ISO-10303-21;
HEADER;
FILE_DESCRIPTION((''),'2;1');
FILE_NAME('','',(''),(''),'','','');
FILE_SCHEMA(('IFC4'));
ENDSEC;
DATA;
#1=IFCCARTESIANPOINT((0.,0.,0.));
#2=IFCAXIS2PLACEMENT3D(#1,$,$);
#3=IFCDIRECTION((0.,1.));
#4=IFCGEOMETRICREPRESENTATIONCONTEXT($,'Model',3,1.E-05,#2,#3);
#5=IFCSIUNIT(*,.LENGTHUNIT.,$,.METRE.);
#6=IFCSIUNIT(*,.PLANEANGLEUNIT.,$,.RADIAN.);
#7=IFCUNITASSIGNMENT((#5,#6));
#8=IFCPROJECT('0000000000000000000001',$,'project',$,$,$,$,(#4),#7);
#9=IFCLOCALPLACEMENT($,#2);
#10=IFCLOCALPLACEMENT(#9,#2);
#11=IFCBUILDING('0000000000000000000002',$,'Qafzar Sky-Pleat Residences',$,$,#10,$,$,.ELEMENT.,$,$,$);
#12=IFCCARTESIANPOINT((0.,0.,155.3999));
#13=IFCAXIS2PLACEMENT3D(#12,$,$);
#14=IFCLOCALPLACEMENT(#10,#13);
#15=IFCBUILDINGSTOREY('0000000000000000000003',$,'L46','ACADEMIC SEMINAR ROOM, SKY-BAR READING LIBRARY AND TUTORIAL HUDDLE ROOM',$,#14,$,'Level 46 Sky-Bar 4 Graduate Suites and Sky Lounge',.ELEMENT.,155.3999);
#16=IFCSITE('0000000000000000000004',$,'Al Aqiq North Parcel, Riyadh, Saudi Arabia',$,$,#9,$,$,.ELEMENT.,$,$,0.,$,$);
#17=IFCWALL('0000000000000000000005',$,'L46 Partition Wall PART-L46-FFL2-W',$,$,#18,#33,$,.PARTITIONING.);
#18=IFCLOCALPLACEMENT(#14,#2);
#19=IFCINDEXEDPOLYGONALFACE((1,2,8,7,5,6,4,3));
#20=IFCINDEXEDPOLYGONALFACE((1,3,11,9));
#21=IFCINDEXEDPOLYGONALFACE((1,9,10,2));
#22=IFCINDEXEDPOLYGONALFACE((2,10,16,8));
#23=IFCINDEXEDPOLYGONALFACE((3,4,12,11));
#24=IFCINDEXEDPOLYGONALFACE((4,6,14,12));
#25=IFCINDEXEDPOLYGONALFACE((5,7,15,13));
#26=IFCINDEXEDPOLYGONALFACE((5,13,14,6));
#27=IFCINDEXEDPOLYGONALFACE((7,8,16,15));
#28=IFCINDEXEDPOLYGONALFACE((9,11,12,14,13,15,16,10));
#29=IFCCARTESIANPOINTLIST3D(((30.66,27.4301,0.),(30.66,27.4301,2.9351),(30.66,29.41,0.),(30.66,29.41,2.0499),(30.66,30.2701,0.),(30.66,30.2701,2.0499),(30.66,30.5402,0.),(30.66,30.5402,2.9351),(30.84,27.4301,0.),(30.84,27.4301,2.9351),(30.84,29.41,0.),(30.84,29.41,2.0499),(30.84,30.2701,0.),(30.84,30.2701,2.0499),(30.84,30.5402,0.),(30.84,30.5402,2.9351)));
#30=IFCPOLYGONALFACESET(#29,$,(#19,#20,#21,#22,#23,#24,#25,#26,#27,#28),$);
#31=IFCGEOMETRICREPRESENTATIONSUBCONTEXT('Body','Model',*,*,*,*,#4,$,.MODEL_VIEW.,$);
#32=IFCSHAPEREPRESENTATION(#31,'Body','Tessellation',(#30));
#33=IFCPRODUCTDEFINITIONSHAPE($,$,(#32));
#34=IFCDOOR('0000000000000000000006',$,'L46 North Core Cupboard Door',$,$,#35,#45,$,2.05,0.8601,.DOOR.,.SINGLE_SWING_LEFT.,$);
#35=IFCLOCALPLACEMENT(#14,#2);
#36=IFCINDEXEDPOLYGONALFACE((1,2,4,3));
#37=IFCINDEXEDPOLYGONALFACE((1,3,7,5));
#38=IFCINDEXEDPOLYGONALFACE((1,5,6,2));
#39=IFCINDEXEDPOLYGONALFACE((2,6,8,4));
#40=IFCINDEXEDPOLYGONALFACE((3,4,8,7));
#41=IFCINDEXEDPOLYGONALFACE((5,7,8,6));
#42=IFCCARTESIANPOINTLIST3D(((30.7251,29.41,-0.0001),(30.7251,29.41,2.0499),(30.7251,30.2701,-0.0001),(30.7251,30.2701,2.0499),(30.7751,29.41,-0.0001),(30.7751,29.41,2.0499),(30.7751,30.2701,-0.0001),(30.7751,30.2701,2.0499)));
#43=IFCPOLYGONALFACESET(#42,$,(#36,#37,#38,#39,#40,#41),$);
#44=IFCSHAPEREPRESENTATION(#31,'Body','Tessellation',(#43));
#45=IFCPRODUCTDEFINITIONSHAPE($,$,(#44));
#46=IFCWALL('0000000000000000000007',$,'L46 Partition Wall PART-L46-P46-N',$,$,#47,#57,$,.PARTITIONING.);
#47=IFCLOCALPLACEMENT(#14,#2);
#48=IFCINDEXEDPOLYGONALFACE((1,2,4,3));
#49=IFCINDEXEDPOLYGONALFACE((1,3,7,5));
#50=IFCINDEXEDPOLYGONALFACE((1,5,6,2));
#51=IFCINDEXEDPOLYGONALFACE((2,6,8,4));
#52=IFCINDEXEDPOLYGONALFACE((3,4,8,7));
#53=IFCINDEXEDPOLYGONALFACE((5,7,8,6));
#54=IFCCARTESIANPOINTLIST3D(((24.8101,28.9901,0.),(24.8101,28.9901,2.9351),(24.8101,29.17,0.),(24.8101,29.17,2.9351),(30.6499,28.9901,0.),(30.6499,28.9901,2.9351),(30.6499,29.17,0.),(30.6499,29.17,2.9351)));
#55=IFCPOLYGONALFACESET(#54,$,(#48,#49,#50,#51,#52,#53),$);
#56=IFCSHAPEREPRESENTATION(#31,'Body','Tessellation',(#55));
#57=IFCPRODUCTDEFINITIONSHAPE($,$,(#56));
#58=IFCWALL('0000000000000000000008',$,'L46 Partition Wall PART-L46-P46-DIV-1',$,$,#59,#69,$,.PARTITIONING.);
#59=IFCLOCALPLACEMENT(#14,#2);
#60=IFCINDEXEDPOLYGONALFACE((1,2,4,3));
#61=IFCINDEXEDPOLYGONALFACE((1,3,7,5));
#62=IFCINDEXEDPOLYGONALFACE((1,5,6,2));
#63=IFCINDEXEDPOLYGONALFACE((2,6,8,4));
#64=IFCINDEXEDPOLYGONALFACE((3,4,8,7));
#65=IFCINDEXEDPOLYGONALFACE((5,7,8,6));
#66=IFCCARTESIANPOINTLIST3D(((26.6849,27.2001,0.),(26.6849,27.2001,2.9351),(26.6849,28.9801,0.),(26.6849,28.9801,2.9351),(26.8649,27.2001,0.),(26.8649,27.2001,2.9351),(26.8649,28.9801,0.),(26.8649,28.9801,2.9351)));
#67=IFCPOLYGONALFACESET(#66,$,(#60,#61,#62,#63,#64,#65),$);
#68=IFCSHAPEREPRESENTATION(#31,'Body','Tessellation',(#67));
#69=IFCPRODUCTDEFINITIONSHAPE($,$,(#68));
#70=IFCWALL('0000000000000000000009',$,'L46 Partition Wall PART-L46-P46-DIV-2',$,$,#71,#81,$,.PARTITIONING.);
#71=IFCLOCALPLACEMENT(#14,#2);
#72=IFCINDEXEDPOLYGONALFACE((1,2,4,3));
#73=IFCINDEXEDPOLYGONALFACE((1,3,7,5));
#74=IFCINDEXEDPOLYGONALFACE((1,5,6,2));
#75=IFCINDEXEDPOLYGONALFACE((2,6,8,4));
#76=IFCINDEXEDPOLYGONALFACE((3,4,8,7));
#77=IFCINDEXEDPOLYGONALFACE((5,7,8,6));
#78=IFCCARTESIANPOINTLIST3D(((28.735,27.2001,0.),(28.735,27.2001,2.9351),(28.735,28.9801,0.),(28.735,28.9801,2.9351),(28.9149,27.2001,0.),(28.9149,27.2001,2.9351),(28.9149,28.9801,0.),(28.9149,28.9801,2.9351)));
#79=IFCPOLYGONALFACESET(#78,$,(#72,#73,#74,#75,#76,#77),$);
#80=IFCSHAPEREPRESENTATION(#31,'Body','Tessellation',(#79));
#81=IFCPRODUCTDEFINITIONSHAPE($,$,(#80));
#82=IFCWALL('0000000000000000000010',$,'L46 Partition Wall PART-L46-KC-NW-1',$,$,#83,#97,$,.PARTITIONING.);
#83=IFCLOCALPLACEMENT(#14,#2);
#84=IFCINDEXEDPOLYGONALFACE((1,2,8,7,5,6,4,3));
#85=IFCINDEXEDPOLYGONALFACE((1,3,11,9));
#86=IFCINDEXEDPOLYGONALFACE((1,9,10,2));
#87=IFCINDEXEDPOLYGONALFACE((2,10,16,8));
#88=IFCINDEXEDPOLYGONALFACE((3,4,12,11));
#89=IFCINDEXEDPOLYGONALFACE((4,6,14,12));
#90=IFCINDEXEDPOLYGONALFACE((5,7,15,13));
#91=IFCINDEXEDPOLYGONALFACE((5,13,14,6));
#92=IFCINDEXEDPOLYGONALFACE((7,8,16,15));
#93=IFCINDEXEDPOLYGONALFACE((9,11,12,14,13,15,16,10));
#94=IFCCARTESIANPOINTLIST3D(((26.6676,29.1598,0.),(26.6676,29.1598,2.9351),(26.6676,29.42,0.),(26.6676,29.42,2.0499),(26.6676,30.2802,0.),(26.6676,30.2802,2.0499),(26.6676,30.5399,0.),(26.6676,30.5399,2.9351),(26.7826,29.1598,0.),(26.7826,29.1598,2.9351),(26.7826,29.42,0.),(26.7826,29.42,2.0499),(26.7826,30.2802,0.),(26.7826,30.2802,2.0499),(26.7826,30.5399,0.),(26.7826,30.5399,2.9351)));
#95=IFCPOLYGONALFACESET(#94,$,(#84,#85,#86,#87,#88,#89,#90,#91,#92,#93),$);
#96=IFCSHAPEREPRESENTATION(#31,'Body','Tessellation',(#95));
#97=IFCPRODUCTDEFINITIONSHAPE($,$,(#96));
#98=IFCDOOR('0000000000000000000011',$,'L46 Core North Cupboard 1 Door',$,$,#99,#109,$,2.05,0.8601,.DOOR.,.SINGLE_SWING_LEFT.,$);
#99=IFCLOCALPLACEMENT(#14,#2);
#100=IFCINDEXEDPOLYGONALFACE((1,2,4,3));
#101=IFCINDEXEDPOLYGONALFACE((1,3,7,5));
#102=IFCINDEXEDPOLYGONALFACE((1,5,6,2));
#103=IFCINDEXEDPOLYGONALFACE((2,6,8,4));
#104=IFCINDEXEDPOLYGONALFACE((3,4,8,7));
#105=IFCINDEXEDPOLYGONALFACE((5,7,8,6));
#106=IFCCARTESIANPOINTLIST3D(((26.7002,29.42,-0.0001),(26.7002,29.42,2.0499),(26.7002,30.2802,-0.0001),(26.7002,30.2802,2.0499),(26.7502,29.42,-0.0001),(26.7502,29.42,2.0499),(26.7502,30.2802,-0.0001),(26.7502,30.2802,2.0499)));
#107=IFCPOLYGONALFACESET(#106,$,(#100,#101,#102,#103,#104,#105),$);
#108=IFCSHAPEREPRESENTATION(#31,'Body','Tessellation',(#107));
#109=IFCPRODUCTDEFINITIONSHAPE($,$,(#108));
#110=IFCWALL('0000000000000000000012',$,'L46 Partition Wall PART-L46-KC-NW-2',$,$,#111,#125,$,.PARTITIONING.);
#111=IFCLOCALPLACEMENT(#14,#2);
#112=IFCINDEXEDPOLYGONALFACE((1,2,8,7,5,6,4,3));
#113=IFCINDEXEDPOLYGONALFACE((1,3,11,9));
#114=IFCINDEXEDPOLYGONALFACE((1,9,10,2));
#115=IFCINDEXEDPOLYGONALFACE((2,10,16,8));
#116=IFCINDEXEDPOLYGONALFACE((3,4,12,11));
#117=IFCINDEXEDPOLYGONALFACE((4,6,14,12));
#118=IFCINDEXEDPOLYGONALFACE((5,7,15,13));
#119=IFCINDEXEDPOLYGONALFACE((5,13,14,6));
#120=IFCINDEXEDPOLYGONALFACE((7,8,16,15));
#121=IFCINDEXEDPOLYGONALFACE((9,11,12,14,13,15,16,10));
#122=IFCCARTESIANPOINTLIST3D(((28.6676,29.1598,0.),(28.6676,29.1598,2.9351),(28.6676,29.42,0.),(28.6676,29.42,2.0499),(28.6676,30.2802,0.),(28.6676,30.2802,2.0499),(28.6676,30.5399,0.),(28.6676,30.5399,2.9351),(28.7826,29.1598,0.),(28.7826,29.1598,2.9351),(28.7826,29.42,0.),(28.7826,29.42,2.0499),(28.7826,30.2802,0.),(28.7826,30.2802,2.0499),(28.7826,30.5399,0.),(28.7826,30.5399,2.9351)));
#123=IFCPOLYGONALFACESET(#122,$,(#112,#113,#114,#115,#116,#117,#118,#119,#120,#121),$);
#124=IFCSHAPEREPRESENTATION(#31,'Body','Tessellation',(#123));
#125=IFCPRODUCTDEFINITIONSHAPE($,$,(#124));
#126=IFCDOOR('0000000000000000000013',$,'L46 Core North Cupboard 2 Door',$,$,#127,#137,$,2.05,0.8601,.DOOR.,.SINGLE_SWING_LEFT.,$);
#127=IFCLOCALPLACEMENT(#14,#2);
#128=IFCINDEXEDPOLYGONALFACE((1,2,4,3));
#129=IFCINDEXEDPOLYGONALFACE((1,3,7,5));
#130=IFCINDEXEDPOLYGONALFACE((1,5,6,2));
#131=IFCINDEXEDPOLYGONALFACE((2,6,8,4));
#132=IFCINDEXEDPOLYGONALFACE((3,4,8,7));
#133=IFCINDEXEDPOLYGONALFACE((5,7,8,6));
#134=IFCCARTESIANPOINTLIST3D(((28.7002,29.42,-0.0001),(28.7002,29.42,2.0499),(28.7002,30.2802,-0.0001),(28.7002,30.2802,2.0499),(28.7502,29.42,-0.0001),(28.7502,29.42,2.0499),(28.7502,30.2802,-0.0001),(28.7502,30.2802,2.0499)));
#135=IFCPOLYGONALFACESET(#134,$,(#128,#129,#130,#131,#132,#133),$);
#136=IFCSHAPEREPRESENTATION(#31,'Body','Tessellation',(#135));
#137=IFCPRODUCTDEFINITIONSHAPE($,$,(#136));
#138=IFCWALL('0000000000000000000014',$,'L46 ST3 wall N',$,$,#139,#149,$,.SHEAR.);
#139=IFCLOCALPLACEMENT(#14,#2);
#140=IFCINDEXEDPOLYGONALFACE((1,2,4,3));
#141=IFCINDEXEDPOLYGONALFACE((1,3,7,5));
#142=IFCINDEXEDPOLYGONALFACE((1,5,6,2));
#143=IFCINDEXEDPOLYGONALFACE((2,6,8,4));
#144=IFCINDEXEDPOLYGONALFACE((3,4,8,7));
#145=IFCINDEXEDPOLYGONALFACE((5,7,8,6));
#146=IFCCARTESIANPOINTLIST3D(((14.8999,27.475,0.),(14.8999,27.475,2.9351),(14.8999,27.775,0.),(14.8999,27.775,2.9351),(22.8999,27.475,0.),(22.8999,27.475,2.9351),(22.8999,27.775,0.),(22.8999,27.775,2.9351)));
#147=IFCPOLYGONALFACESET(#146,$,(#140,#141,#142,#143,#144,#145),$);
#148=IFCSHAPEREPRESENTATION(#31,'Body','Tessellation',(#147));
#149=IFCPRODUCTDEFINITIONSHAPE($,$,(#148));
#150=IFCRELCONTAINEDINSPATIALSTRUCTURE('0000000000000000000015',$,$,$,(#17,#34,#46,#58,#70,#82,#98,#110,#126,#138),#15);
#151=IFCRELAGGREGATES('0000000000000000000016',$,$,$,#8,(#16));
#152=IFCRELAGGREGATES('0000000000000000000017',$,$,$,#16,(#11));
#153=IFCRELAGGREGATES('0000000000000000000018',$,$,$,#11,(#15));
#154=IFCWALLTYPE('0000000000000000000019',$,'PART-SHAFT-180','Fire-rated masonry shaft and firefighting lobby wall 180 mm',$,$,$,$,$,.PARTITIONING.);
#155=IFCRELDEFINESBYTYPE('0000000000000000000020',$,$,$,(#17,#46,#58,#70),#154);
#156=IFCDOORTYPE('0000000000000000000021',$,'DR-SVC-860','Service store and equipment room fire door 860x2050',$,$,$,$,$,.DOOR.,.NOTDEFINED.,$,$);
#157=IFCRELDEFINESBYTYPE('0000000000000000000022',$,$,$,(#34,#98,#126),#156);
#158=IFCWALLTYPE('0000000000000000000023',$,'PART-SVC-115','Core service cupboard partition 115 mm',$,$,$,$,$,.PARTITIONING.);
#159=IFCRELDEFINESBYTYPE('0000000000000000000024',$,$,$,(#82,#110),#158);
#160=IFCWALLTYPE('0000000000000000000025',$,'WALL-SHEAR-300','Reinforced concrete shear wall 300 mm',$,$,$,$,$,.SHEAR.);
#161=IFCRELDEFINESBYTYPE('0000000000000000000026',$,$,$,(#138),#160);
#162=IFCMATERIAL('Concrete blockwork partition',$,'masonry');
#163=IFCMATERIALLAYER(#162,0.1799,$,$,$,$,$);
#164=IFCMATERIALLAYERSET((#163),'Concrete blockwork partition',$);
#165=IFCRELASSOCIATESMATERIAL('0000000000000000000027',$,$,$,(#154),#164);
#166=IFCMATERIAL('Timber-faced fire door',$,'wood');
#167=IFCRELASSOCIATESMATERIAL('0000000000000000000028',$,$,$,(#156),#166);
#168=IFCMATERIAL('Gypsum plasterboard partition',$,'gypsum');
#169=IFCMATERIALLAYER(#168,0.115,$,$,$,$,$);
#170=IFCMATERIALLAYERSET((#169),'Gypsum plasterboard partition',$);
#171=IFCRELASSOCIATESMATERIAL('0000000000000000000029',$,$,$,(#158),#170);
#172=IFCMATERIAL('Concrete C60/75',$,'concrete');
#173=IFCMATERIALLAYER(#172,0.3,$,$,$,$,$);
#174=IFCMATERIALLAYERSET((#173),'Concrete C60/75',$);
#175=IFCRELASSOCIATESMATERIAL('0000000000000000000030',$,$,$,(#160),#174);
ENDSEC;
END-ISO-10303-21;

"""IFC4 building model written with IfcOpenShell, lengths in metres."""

from ifc_helpers import new_model, si_unit, direction, frame, frame_2d, origin, place, context, subcontext, project, spatial, rectangle, extrude, source, transform, mapped, material, layer, layer_set, type_object, element, fill, save


model = new_model("IFC4")

# Units and contexts
model_context = context("Model", 3, precision=1e-05, world=origin(), true_north=direction((0.0, 1.0)))
body_context = subcontext(model_context, "Body", "Model", "MODEL_VIEW")
ifc_project = project(units=[si_unit("LENGTHUNIT", "METRE"), si_unit("PLANEANGLEUNIT", "RADIAN")], contexts=[model_context])

# Site, building, storey
site_placement = place(None, origin())
site = spatial("IfcSite", under=ifc_project, at=site_placement, Name="Al Aqiq North Parcel, Riyadh, Saudi Arabia", CompositionType="ELEMENT", RefElevation=0.0)
building_placement = place(site_placement, origin())
building = spatial("IfcBuilding", under=site, at=building_placement, Name="Qafzar Sky-Pleat Residences", CompositionType="ELEMENT")
storey_placement = place(building_placement, frame((0.0, 0.0, 155.3999)))
storey = spatial("IfcBuildingStorey", under=building, at=storey_placement, Name="L46", Description="ACADEMIC SEMINAR ROOM, SKY-BAR READING LIBRARY AND TUTORIAL HUDDLE ROOM", LongName="Level 46 Sky-Bar 4 Graduate Suites and Sky Lounge", CompositionType="ELEMENT", Elevation=155.3999)

# Wall, opening, door
ifc_material_1 = material(Name="Concrete blockwork partition", Category="masonry")
ifc_layer_1 = layer(ifc_material_1, 0.1799)
ifc_layer_set_1 = layer_set([ifc_layer_1], Name="Concrete blockwork partition")
wall_type_1 = type_object("IfcWallType", Name="PART-SHAFT-180", Description="Fire-rated masonry shaft and firefighting lobby wall 180 mm", PredefinedType="PARTITIONING", material=ifc_layer_set_1)
wall_1_placement = place(storey_placement, frame((30.75, 27.4299, 0.0), z_axis=(0.0, 0.0, 1.0), x_axis=(0.0, 1.0, 0.0)))
wall_1 = element("IfcWall", 1, at=wall_1_placement, inside=storey, type_object=wall_type_1, Name="L46 Partition Wall PART-L46-FFL2-W", PredefinedType="PARTITIONING", context=body_context, shape_type="SweptSolid", body=[
    extrude(rectangle(XDim=3.1101, YDim=0.1799, at=frame_2d((1.5552, 0.0))), origin(), (0.0, 0.0, 1.0), 2.9351),
])
opening_1_placement = place(wall_1_placement, frame((1.98, 0.0, 0.0)))
opening_1 = element("IfcOpeningElement", 2, at=opening_1_placement, cuts=wall_1, PredefinedType="OPENING", context=body_context, shape_type="SweptSolid", body=[
    extrude(rectangle(XDim=0.8601, YDim=2.05, at=frame_2d((0.4302, 1.0249))), frame((0.0, 0.1001, 0.0), z_axis=(0.0, -1.0, 0.0), x_axis=(1.0, 0.0, 0.0)), (0.0, 0.0, 1.0), 0.2),
])
ifc_material_2 = material(Name="Timber-faced fire door", Category="wood")
door_type_1 = type_object("IfcDoorType", Name="DR-SVC-860", Description="Service store and equipment room fire door 860x2050", OperationType="NOTDEFINED", PredefinedType="DOOR", material=ifc_material_2)
shared_shape_1 = source(origin(), body_context, "Body", "SweptSolid", [
    extrude(rectangle(XDim=0.8601, YDim=2.05, at=frame_2d((0.4302, 1.0249))), frame((0.0, 0.0249, 0.0), z_axis=(0.0, -1.0, 0.0), x_axis=(1.0, 0.0, 0.0)), (0.0, 0.0, 1.0), 0.05),
])
door_1_placement = place(opening_1_placement, origin())
door_1 = element("IfcDoor", 3, at=door_1_placement, inside=storey, type_object=door_type_1, Name="L46 North Core Cupboard Door", OperationType="SINGLE_SWING_LEFT", OverallHeight=2.05, OverallWidth=0.8601, PredefinedType="DOOR", context=body_context, shape_type="MappedRepresentation", body=[
    mapped(shared_shape_1, transform((0.0, 0.0, 0.0), x_axis=(1.0, 0.0, 0.0), y_axis=(0.0, 1.0, 0.0), z_axis=(0.0, 0.0, 1.0), scale=1.0)),
])
fill(opening_1, door_1)

# Wall
wall_2_placement = place(storey_placement, frame((24.8101, 29.0801, 0.0), z_axis=(0.0, 0.0, 1.0), x_axis=(1.0, 0.0, 0.0)))
element("IfcWall", 4, at=wall_2_placement, inside=storey, type_object=wall_type_1, Name="L46 Partition Wall PART-L46-P46-N", PredefinedType="PARTITIONING", context=body_context, shape_type="SweptSolid", body=[
    extrude(rectangle(XDim=5.8398, YDim=0.1799, at=frame_2d((2.9199, 0.0))), origin(), (0.0, 0.0, 1.0), 2.9351),
])

# Wall
wall_3_placement = place(storey_placement, frame((26.7749, 27.2, 0.0), z_axis=(0.0, 0.0, 1.0), x_axis=(0.0, 1.0, 0.0)))
element("IfcWall", 5, at=wall_3_placement, inside=storey, type_object=wall_type_1, Name="L46 Partition Wall PART-L46-P46-DIV-1", PredefinedType="PARTITIONING", context=body_context, shape_type="SweptSolid", body=[
    extrude(rectangle(XDim=1.78, YDim=0.1799, at=frame_2d((0.8901, 0.0))), origin(), (0.0, 0.0, 1.0), 2.9351),
])

# Wall
wall_4_placement = place(storey_placement, frame((28.825, 27.2, 0.0), z_axis=(0.0, 0.0, 1.0), x_axis=(0.0, 1.0, 0.0)))
element("IfcWall", 6, at=wall_4_placement, inside=storey, type_object=wall_type_1, Name="L46 Partition Wall PART-L46-P46-DIV-2", PredefinedType="PARTITIONING", context=body_context, shape_type="SweptSolid", body=[
    extrude(rectangle(XDim=1.78, YDim=0.1799, at=frame_2d((0.8901, 0.0))), origin(), (0.0, 0.0, 1.0), 2.9351),
])

# Walls, openings, doors
ifc_material_3 = material(Name="Gypsum plasterboard partition", Category="gypsum")
ifc_layer_2 = layer(ifc_material_3, 0.115)
ifc_layer_set_2 = layer_set([ifc_layer_2], Name="Gypsum plasterboard partition")
wall_type_2 = type_object("IfcWallType", Name="PART-SVC-115", Description="Core service cupboard partition 115 mm", PredefinedType="PARTITIONING", material=ifc_layer_set_2)
wall_5_placement = place(storey_placement, frame((26.7251, 29.1599, 0.0), z_axis=(0.0, 0.0, 1.0), x_axis=(0.0, 1.0, 0.0)))
wall_5 = element("IfcWall", 7, at=wall_5_placement, inside=storey, type_object=wall_type_2, Name="L46 Partition Wall PART-L46-KC-NW-1", PredefinedType="PARTITIONING", context=body_context, shape_type="SweptSolid", body=[
    extrude(rectangle(XDim=1.3801, YDim=0.115, at=frame_2d((0.6899, 0.0))), origin(), (0.0, 0.0, 1.0), 2.9351),
])
opening_2_placement = place(wall_5_placement, frame((0.26, 0.0, 0.0)))
opening_2 = element("IfcOpeningElement", 8, at=opening_2_placement, cuts=wall_5, PredefinedType="OPENING", context=body_context, shape_type="SweptSolid", body=[
    extrude(rectangle(XDim=0.8601, YDim=2.05, at=frame_2d((0.4302, 1.0249))), frame((0.0, 0.0674, 0.0), z_axis=(0.0, -1.0, 0.0), x_axis=(1.0, 0.0, 0.0)), (0.0, 0.0, 1.0), 0.135),
])
door_2_placement = place(opening_2_placement, origin())
door_2 = element("IfcDoor", 9, at=door_2_placement, inside=storey, type_object=door_type_1, Name="L46 Core North Cupboard 1 Door", OperationType="SINGLE_SWING_LEFT", OverallHeight=2.05, OverallWidth=0.8601, PredefinedType="DOOR", context=body_context, shape_type="MappedRepresentation", body=[
    mapped(shared_shape_1, transform((0.0, 0.0, 0.0), x_axis=(1.0, 0.0, 0.0), y_axis=(0.0, 1.0, 0.0), z_axis=(0.0, 0.0, 1.0), scale=1.0)),
])
fill(opening_2, door_2)
wall_6_placement = place(storey_placement, frame((28.7251, 29.1599, 0.0), z_axis=(0.0, 0.0, 1.0), x_axis=(0.0, 1.0, 0.0)))
wall_6 = element("IfcWall", 10, at=wall_6_placement, inside=storey, type_object=wall_type_2, Name="L46 Partition Wall PART-L46-KC-NW-2", PredefinedType="PARTITIONING", context=body_context, shape_type="SweptSolid", body=[
    extrude(rectangle(XDim=1.3801, YDim=0.115, at=frame_2d((0.6899, 0.0))), origin(), (0.0, 0.0, 1.0), 2.9351),
])
opening_3_placement = place(wall_6_placement, frame((0.26, 0.0, 0.0)))
opening_3 = element("IfcOpeningElement", 11, at=opening_3_placement, cuts=wall_6, PredefinedType="OPENING", context=body_context, shape_type="SweptSolid", body=[
    extrude(rectangle(XDim=0.8601, YDim=2.05, at=frame_2d((0.4302, 1.0249))), frame((0.0, 0.0674, 0.0), z_axis=(0.0, -1.0, 0.0), x_axis=(1.0, 0.0, 0.0)), (0.0, 0.0, 1.0), 0.135),
])
door_3_placement = place(opening_3_placement, origin())
door_3 = element("IfcDoor", 12, at=door_3_placement, inside=storey, type_object=door_type_1, Name="L46 Core North Cupboard 2 Door", OperationType="SINGLE_SWING_LEFT", OverallHeight=2.05, OverallWidth=0.8601, PredefinedType="DOOR", context=body_context, shape_type="MappedRepresentation", body=[
    mapped(shared_shape_1, transform((0.0, 0.0, 0.0), x_axis=(1.0, 0.0, 0.0), y_axis=(0.0, 1.0, 0.0), z_axis=(0.0, 0.0, 1.0), scale=1.0)),
])
fill(opening_3, door_3)

# Shared definitions
ifc_material_4 = material(Name="Concrete C60/75", Category="concrete")
ifc_layer_3 = layer(ifc_material_4, 0.3)
ifc_layer_set_3 = layer_set([ifc_layer_3], Name="Concrete C60/75")
wall_type_3 = type_object("IfcWallType", Name="WALL-SHEAR-300", Description="Reinforced concrete shear wall 300 mm", PredefinedType="SHEAR", material=ifc_layer_set_3)

# Wall
wall_7_placement = place(storey_placement, frame((22.8999, 27.625, 0.0), z_axis=(0.0, 0.0, 1.0), x_axis=(-1.0, 0.0, 0.0)))
element("IfcWall", 13, at=wall_7_placement, inside=storey, type_object=wall_type_3, Name="L46 ST3 wall N", PredefinedType="SHEAR", context=body_context, shape_type="SweptSolid", body=[
    extrude(rectangle(XDim=8.0, YDim=0.3, at=frame_2d((4.0, 0.0))), origin(), (0.0, 0.0, 1.0), 2.9351),
])

save(model, "model.ifc")
